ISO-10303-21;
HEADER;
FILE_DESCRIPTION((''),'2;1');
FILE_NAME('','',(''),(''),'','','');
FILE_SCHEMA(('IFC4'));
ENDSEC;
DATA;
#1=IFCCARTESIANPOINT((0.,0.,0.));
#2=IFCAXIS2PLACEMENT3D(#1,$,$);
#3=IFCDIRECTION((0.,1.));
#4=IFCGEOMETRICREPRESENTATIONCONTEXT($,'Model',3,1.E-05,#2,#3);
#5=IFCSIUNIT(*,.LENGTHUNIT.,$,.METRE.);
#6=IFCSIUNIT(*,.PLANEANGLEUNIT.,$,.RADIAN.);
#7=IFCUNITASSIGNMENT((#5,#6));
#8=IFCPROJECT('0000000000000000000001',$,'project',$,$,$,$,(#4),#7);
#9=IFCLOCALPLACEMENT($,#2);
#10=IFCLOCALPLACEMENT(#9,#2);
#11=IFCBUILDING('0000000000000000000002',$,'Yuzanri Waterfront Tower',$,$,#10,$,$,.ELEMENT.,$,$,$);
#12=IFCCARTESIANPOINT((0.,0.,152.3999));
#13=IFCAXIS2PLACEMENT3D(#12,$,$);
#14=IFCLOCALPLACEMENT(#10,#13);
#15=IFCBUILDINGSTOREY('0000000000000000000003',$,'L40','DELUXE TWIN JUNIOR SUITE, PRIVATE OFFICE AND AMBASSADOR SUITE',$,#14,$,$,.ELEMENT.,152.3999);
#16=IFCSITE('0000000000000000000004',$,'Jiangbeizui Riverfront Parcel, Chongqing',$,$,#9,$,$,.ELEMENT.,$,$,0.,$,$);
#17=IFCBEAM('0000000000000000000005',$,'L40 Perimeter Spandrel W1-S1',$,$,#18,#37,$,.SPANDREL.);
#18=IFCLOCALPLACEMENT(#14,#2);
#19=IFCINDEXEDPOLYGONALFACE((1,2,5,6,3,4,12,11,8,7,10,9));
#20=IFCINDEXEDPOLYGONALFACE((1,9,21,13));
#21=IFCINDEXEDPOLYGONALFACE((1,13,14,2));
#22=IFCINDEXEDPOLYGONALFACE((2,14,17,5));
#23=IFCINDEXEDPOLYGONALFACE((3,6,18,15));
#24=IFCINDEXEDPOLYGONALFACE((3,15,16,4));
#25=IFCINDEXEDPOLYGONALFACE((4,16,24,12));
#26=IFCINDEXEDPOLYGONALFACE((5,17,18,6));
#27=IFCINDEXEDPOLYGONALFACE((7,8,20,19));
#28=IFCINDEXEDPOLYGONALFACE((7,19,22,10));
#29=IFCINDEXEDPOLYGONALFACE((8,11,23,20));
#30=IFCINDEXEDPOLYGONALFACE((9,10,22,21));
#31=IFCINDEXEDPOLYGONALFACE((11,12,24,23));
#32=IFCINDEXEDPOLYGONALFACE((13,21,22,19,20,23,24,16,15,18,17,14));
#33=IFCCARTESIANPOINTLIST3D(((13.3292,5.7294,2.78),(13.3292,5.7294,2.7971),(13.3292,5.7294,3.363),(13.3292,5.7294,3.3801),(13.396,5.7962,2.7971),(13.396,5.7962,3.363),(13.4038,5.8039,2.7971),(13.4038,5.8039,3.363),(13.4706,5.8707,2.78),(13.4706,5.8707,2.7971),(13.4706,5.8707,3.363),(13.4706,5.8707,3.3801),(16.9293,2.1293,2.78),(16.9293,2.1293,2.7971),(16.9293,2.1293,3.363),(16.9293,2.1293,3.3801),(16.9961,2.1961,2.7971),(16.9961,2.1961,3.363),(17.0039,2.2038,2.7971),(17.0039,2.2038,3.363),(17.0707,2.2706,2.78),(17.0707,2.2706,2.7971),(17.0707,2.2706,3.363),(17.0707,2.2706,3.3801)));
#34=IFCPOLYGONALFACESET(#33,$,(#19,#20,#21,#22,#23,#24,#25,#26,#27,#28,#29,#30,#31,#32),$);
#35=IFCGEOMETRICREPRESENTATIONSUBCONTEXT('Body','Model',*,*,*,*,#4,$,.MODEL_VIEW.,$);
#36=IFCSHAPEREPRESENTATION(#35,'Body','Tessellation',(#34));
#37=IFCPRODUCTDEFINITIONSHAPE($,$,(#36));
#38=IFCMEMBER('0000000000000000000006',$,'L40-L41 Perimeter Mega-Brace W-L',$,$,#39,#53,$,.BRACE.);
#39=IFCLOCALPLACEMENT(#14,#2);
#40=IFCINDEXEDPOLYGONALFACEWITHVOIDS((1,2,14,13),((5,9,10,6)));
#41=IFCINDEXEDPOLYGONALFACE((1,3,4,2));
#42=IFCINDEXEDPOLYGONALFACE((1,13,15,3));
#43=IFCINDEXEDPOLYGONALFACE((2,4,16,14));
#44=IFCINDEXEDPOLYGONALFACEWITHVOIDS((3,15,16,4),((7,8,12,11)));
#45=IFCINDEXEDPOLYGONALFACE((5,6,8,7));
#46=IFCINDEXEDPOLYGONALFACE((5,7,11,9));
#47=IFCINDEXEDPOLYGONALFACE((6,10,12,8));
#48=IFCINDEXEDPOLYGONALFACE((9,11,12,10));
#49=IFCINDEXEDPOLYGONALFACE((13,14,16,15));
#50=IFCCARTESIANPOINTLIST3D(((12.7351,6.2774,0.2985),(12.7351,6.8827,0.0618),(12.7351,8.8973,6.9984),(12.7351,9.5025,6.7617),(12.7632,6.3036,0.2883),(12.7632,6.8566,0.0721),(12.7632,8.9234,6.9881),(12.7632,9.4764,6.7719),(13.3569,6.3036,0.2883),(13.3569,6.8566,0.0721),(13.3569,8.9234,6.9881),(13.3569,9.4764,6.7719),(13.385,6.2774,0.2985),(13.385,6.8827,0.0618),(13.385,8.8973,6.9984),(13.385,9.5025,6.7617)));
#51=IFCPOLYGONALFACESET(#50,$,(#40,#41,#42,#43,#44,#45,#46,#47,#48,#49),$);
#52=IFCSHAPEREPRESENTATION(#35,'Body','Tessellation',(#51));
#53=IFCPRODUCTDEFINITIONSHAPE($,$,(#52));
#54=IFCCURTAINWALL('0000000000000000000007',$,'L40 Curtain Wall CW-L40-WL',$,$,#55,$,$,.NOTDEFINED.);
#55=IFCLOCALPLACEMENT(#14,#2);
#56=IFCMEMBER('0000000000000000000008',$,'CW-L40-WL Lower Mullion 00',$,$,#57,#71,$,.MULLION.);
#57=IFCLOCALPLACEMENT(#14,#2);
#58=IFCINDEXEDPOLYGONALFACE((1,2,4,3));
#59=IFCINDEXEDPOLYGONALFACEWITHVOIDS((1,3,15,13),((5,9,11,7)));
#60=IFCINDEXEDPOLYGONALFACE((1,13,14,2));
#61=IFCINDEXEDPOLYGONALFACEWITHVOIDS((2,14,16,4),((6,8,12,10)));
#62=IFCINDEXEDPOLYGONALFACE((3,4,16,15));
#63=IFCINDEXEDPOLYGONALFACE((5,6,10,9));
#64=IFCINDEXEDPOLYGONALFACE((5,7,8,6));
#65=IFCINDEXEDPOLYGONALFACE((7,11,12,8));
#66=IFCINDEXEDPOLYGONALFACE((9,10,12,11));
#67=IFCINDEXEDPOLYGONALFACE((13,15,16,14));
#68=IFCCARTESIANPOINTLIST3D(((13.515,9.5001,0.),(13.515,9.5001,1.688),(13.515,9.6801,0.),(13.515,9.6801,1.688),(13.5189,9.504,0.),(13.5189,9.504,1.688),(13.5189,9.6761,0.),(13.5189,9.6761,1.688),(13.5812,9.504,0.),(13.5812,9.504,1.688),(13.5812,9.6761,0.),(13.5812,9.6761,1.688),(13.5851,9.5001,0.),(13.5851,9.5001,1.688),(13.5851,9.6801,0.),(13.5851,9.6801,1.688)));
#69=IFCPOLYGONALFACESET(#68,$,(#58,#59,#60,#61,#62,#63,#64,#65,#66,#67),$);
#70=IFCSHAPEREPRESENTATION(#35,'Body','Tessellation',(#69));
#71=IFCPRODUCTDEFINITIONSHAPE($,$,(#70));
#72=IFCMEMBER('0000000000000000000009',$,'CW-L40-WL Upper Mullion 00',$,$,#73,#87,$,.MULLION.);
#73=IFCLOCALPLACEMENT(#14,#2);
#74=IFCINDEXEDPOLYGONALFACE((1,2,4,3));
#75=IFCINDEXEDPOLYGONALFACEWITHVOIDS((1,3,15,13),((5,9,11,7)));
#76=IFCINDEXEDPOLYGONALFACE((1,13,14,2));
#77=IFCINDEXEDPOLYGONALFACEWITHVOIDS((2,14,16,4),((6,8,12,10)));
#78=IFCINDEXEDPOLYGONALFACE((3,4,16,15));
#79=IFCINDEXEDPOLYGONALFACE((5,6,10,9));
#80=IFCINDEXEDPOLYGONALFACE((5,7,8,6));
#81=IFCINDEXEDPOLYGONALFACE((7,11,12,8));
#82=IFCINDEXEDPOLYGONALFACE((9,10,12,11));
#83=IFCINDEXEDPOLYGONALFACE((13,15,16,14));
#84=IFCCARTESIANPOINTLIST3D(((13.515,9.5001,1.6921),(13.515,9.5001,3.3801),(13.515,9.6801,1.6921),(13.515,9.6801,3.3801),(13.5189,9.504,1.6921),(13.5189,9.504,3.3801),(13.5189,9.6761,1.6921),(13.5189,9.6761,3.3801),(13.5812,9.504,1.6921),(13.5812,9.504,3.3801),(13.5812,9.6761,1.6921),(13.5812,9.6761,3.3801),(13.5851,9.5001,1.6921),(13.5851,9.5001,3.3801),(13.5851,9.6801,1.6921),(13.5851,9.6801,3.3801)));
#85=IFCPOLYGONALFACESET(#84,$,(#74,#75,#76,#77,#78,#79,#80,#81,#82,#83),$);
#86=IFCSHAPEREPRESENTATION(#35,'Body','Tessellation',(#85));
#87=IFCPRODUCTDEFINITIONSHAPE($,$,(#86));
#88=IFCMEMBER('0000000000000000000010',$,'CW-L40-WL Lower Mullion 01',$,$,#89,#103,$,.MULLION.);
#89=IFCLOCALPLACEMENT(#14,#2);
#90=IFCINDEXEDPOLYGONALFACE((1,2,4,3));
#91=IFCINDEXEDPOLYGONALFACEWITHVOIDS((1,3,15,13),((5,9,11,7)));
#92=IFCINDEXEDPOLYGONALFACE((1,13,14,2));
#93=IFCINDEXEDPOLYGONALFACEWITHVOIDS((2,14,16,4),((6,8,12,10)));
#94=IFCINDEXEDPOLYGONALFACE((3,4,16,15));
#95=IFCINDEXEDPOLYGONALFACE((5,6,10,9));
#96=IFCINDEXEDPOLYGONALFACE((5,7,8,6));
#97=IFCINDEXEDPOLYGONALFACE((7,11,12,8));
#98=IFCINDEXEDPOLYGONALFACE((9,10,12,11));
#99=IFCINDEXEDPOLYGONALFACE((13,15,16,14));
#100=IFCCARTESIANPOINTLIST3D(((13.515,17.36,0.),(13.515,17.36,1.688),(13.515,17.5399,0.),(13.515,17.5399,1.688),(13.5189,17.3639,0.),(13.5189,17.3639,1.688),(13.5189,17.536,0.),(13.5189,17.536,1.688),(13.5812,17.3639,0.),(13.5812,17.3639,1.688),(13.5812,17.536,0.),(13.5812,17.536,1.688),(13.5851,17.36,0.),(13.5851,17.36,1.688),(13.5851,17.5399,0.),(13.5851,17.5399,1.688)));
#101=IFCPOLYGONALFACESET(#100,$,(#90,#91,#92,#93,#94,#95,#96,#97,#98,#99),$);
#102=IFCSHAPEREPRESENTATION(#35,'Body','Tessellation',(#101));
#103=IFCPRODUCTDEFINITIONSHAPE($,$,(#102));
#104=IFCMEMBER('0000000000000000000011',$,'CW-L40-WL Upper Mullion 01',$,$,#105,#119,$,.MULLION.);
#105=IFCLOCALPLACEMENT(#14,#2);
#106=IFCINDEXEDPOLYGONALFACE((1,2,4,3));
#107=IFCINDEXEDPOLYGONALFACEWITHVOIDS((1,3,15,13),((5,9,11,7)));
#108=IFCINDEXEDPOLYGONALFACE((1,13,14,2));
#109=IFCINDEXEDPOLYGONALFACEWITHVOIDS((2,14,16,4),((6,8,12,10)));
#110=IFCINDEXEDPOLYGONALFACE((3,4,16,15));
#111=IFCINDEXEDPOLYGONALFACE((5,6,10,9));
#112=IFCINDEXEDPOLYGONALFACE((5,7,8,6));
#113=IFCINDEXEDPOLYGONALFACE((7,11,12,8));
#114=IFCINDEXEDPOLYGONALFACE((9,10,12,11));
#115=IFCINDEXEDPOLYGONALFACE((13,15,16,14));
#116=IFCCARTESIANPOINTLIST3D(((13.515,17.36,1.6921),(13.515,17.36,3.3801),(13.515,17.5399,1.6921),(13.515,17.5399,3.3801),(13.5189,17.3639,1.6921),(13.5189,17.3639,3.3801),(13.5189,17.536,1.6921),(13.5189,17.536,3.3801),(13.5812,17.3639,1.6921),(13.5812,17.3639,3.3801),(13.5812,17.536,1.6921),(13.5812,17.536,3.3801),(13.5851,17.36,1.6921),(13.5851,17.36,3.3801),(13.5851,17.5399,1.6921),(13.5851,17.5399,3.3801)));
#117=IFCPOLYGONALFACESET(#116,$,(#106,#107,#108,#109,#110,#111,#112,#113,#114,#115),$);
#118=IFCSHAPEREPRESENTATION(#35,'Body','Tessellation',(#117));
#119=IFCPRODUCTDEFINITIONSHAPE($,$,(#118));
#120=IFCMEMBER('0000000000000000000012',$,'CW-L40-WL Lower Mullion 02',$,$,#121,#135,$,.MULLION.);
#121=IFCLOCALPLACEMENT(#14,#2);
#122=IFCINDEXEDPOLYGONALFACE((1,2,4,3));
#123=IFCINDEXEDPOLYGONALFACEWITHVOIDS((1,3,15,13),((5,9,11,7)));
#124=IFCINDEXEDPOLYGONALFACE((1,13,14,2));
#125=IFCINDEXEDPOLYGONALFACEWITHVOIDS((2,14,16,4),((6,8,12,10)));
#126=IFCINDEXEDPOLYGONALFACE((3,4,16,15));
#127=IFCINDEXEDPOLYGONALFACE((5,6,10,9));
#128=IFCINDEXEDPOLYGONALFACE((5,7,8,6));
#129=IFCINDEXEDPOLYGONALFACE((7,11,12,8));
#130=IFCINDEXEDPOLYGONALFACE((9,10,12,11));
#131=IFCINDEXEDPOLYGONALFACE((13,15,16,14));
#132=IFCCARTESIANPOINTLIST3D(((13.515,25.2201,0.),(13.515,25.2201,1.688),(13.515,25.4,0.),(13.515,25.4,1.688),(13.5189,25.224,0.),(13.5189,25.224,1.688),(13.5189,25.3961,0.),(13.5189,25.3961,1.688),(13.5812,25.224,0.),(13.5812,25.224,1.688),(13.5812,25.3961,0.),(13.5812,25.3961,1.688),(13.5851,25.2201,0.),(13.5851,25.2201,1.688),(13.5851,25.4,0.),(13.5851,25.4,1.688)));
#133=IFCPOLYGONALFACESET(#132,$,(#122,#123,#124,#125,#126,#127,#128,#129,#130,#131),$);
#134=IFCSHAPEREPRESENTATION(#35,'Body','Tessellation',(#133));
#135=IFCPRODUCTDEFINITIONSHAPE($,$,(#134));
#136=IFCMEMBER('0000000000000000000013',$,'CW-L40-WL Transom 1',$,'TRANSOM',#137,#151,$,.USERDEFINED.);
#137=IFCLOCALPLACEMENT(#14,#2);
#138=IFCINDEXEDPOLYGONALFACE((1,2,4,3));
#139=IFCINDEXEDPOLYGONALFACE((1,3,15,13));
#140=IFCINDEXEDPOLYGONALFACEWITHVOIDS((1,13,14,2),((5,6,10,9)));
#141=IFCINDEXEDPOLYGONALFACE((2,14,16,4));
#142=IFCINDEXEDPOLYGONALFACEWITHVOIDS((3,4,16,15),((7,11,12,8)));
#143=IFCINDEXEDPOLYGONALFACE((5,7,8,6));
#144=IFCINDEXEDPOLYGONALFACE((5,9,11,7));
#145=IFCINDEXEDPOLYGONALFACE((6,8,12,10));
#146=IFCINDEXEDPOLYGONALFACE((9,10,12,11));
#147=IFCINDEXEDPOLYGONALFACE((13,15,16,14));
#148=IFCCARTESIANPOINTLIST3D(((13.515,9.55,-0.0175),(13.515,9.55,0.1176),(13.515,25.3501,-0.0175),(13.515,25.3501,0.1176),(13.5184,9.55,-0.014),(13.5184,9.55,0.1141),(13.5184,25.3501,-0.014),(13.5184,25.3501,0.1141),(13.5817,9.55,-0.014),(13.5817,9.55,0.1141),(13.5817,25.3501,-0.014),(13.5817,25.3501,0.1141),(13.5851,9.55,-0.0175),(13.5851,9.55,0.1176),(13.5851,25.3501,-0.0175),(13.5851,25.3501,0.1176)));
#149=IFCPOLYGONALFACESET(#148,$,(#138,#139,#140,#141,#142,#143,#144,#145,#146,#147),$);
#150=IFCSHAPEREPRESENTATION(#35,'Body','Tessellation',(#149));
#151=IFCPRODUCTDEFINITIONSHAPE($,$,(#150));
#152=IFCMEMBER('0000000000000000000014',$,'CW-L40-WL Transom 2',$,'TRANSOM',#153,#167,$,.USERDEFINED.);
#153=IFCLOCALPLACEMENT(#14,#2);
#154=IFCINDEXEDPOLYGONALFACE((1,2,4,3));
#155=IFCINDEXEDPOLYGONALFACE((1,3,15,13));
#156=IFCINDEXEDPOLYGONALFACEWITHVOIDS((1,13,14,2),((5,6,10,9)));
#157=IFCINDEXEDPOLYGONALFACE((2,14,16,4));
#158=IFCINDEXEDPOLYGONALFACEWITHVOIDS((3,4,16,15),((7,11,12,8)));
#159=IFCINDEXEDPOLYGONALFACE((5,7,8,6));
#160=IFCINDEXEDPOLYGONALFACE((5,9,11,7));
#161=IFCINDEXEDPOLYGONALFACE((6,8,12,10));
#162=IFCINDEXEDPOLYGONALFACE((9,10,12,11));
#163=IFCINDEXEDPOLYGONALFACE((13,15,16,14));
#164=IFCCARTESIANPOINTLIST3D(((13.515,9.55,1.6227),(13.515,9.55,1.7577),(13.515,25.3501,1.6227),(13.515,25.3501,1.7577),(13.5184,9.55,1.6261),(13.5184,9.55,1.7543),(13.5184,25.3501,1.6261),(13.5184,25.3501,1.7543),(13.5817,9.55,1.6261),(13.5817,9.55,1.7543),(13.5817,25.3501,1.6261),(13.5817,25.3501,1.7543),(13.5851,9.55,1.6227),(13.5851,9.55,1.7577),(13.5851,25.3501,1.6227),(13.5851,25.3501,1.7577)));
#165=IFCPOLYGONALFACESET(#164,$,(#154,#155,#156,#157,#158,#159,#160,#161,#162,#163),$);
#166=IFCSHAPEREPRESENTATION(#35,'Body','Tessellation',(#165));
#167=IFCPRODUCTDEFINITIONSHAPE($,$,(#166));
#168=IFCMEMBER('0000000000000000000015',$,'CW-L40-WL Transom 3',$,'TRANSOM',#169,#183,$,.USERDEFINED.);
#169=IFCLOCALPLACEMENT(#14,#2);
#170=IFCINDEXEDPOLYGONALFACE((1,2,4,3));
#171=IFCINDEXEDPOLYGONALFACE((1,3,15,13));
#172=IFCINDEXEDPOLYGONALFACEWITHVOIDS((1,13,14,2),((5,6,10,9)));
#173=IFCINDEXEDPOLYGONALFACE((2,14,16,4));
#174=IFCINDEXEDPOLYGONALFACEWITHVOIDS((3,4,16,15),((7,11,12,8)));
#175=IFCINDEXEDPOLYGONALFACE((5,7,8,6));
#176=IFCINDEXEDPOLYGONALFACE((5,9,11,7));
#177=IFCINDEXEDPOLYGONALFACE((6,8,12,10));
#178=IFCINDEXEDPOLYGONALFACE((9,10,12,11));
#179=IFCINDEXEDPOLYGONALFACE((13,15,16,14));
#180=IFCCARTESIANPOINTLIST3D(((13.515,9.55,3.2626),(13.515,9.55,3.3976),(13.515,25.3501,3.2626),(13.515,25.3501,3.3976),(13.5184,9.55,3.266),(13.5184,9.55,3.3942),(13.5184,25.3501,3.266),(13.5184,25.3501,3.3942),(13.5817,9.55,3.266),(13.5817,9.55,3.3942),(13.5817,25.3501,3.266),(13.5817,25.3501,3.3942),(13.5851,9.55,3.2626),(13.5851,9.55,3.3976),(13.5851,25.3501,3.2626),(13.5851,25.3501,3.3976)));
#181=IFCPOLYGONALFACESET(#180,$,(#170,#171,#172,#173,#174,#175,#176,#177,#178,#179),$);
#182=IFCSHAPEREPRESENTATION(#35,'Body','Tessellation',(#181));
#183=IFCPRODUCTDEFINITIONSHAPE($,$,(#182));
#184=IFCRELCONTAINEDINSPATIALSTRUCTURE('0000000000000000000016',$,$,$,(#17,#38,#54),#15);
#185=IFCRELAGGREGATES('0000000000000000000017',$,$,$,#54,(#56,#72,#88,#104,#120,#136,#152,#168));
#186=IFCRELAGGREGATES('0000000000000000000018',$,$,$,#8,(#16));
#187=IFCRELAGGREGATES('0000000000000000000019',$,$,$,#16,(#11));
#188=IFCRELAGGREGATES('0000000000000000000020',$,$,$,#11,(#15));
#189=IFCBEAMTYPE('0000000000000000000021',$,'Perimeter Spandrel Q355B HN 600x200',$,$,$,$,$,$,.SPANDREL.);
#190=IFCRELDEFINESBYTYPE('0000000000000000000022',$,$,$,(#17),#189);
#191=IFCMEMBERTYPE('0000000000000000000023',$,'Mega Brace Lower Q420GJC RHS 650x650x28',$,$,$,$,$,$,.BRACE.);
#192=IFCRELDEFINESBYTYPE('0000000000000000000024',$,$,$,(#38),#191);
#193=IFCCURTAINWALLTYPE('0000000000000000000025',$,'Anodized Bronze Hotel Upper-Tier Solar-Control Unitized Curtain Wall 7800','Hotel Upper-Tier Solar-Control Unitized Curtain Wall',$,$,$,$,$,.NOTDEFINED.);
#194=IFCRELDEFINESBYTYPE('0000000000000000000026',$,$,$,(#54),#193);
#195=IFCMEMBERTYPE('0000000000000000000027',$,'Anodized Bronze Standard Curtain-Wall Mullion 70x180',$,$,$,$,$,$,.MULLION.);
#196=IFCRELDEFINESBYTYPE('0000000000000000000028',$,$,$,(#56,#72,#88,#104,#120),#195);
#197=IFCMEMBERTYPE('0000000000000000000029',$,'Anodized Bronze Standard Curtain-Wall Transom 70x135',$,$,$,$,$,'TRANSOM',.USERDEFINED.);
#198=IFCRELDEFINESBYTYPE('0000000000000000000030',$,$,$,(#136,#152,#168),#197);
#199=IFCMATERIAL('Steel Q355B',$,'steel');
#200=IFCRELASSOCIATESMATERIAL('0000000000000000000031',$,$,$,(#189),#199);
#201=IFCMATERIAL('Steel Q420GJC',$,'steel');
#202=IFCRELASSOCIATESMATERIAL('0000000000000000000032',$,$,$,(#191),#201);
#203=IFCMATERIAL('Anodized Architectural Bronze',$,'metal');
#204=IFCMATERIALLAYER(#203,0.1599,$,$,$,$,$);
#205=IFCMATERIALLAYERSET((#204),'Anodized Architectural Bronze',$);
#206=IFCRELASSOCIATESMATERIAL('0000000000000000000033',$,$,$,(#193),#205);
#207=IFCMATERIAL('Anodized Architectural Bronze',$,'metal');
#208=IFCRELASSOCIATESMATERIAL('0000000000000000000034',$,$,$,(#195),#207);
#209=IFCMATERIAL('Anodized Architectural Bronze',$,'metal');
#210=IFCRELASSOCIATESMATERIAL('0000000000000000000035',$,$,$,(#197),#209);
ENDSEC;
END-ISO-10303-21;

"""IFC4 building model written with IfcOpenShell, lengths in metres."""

from ifc_helpers import new_model, si_unit, direction, frame, origin, origin_2d, place, context, subcontext, project, spatial, hollow_rectangle, i_section, extrude, source, transform, mapped, material, layer, layer_set, material_profile, profile_set, type_object, element, aggregate, save


model = new_model("IFC4")

# Units and contexts
model_context = context("Model", 3, precision=1e-05, world=origin(), true_north=direction((0.0, 1.0)))
body_context = subcontext(model_context, "Body", "Model", "MODEL_VIEW")
ifc_project = project(units=[si_unit("LENGTHUNIT", "METRE"), si_unit("PLANEANGLEUNIT", "RADIAN")], contexts=[model_context])

# Site, building, storey
site_placement = place(None, origin())
site = spatial("IfcSite", under=ifc_project, at=site_placement, Name="Jiangbeizui Riverfront Parcel, Chongqing", CompositionType="ELEMENT", RefElevation=0.0)
building_placement = place(site_placement, origin())
building = spatial("IfcBuilding", under=site, at=building_placement, Name="Yuzanri Waterfront Tower", CompositionType="ELEMENT")
storey_placement = place(building_placement, frame((0.0, 0.0, 152.3999)))
storey = spatial("IfcBuildingStorey", under=building, at=storey_placement, Name="L40", Description="DELUXE TWIN JUNIOR SUITE, PRIVATE OFFICE AND AMBASSADOR SUITE", CompositionType="ELEMENT", Elevation=152.3999)

# Beam
ifc_material_1 = material(Name="Steel Q355B", Category="steel")
ifc_material_profile_1 = material_profile(ifc_material_1, i_section(OverallWidth=0.2, OverallDepth=0.6001, WebThickness=0.011, FlangeThickness=0.0171, at=origin_2d()), Name="HN 600x200x11x17")
ifc_profile_set_1 = profile_set([ifc_material_profile_1], Name="Steel Q355B")
beam_type = type_object("IfcBeamType", Name="Perimeter Spandrel Q355B HN 600x200", PredefinedType="SPANDREL", material=ifc_profile_set_1)
shared_shape_1 = source(origin(), body_context, "Body", "SweptSolid", [
    extrude(i_section(OverallWidth=0.2, OverallDepth=0.6001, WebThickness=0.011, FlangeThickness=0.0171, at=origin_2d()), origin(), (0.0, 0.0, 1.0), 5.0913),
])
beam_placement = place(storey_placement, frame((13.3999, 5.8, 3.0801), z_axis=(0.707107, -0.707107, 0.0), x_axis=(0.707107, 0.707107, 0.0)))
element("IfcBeam", 1, at=beam_placement, inside=storey, type_object=beam_type, Name="L40 Perimeter Spandrel W1-S1", PredefinedType="SPANDREL", context=body_context, shape_type="MappedRepresentation", body=[
    mapped(shared_shape_1, transform((0.0, 0.0, 0.0), scale=1.0)),
])

# Member
ifc_material_2 = material(Name="Steel Q420GJC", Category="steel")
ifc_material_profile_2 = material_profile(ifc_material_2, hollow_rectangle(XDim=0.6499, YDim=0.6499, WallThickness=0.0281, at=origin_2d()), Name="RHS 650x650x28")
ifc_profile_set_2 = profile_set([ifc_material_profile_2], Name="Steel Q420GJC")
member_type_1 = type_object("IfcMemberType", Name="Mega Brace Lower Q420GJC RHS 650x650x28", PredefinedType="BRACE", material=ifc_profile_set_2)
shared_shape_2 = source(origin(), body_context, "Body", "SweptSolid", [
    extrude(hollow_rectangle(XDim=0.6499, YDim=0.6499, WallThickness=0.0281, at=origin_2d()), origin(), (0.0, 0.0, 1.0), 7.1938),
])
member_1_placement = place(storey_placement, frame((13.0601, 6.5801, 0.1802), z_axis=(0.0, 0.364177, 0.93133), x_axis=(-1.0, 0.0, 0.0)))
element("IfcMember", 2, at=member_1_placement, inside=storey, type_object=member_type_1, Name="L40-L41 Perimeter Mega-Brace W-L", PredefinedType="BRACE", context=body_context, shape_type="MappedRepresentation", body=[
    mapped(shared_shape_2, transform((0.0, 0.0, 0.0), scale=1.0)),
])

# Curtain wall, members
ifc_material_3 = material(Name="Anodized Architectural Bronze", Category="metal")
ifc_layer_1 = layer(ifc_material_3, 0.1599)
ifc_layer_set_1 = layer_set([ifc_layer_1], Name="Anodized Architectural Bronze")
curtain_wall_type = type_object("IfcCurtainWallType", Name="Anodized Bronze Hotel Upper-Tier Solar-Control Unitized Curtain Wall 7800", Description="Hotel Upper-Tier Solar-Control Unitized Curtain Wall", PredefinedType="NOTDEFINED", material=ifc_layer_set_1)
curtain_wall_placement = place(storey_placement, origin())
curtain_wall = element("IfcCurtainWall", 3, at=curtain_wall_placement, inside=storey, type_object=curtain_wall_type, Name="L40 Curtain Wall CW-L40-WL", PredefinedType="NOTDEFINED")
ifc_material_4 = material(Name="Anodized Architectural Bronze", Category="metal")
ifc_material_profile_3 = material_profile(ifc_material_4, hollow_rectangle(XDim=0.0701, YDim=0.1799, WallThickness=0.0039, at=origin_2d()), Name="CWM 70x180")
ifc_profile_set_3 = profile_set([ifc_material_profile_3], Name="Anodized Architectural Bronze")
member_type_2 = type_object("IfcMemberType", Name="Anodized Bronze Standard Curtain-Wall Mullion 70x180", PredefinedType="MULLION", material=ifc_profile_set_3)
shared_shape_3 = source(origin(), body_context, "Body", "SweptSolid", [
    extrude(hollow_rectangle(XDim=0.0701, YDim=0.1799, WallThickness=0.0039, at=origin_2d()), origin(), (0.0, 0.0, 1.0), 1.688),
])
member_2_placement = place(storey_placement, frame((13.55, 9.5901, 0.0), z_axis=(0.0, 0.0, 1.0), x_axis=(1.0, 0.0, 0.0)))
member_2 = element("IfcMember", 4, at=member_2_placement, type_object=member_type_2, Name="CW-L40-WL Lower Mullion 00", PredefinedType="MULLION", context=body_context, shape_type="MappedRepresentation", body=[
    mapped(shared_shape_3, transform((0.0, 0.0, 0.0), scale=1.0)),
])
member_3_placement = place(storey_placement, frame((13.55, 9.5901, 1.6921), z_axis=(0.0, 0.0, 1.0), x_axis=(1.0, 0.0, 0.0)))
member_3 = element("IfcMember", 5, at=member_3_placement, type_object=member_type_2, Name="CW-L40-WL Upper Mullion 00", PredefinedType="MULLION", context=body_context, shape_type="MappedRepresentation", body=[
    mapped(shared_shape_3, transform((0.0, 0.0, 0.0), scale=1.0)),
])
member_4_placement = place(storey_placement, frame((13.55, 17.45, 0.0), z_axis=(0.0, 0.0, 1.0), x_axis=(1.0, 0.0, 0.0)))
member_4 = element("IfcMember", 6, at=member_4_placement, type_object=member_type_2, Name="CW-L40-WL Lower Mullion 01", PredefinedType="MULLION", context=body_context, shape_type="MappedRepresentation", body=[
    mapped(shared_shape_3, transform((0.0, 0.0, 0.0), scale=1.0)),
])
member_5_placement = place(storey_placement, frame((13.55, 17.45, 1.6921), z_axis=(0.0, 0.0, 1.0), x_axis=(1.0, 0.0, 0.0)))
member_5 = element("IfcMember", 7, at=member_5_placement, type_object=member_type_2, Name="CW-L40-WL Upper Mullion 01", PredefinedType="MULLION", context=body_context, shape_type="MappedRepresentation", body=[
    mapped(shared_shape_3, transform((0.0, 0.0, 0.0), scale=1.0)),
])
member_6_placement = place(storey_placement, frame((13.55, 25.3101, 0.0), z_axis=(0.0, 0.0, 1.0), x_axis=(1.0, 0.0, 0.0)))
member_6 = element("IfcMember", 8, at=member_6_placement, type_object=member_type_2, Name="CW-L40-WL Lower Mullion 02", PredefinedType="MULLION", context=body_context, shape_type="MappedRepresentation", body=[
    mapped(shared_shape_3, transform((0.0, 0.0, 0.0), scale=1.0)),
])
ifc_material_5 = material(Name="Anodized Architectural Bronze", Category="metal")
ifc_material_profile_4 = material_profile(ifc_material_5, hollow_rectangle(XDim=0.0701, YDim=0.135, WallThickness=0.0034, at=origin_2d()), Name="CWT 70x135")
ifc_profile_set_4 = profile_set([ifc_material_profile_4], Name="Anodized Architectural Bronze")
member_type_3 = type_object("IfcMemberType", Name="Anodized Bronze Standard Curtain-Wall Transom 70x135", ElementType="TRANSOM", PredefinedType="USERDEFINED", material=ifc_profile_set_4)
shared_shape_4 = source(origin(), body_context, "Body", "SweptSolid", [
    extrude(hollow_rectangle(XDim=0.0701, YDim=0.135, WallThickness=0.0034, at=origin_2d()), origin(), (0.0, 0.0, 1.0), 15.8),
])
member_7_placement = place(storey_placement, frame((13.55, 9.55, 0.05), z_axis=(0.0, 1.0, 0.0), x_axis=(-1.0, 0.0, 0.0)))
member_7 = element("IfcMember", 9, at=member_7_placement, type_object=member_type_3, Name="CW-L40-WL Transom 1", ObjectType="TRANSOM", PredefinedType="USERDEFINED", context=body_context, shape_type="MappedRepresentation", body=[
    mapped(shared_shape_4, transform((0.0, 0.0, 0.0), scale=1.0)),
])
member_8_placement = place(storey_placement, frame((13.55, 9.55, 1.6902), z_axis=(0.0, 1.0, 0.0), x_axis=(-1.0, 0.0, 0.0)))
member_8 = element("IfcMember", 10, at=member_8_placement, type_object=member_type_3, Name="CW-L40-WL Transom 2", ObjectType="TRANSOM", PredefinedType="USERDEFINED", context=body_context, shape_type="MappedRepresentation", body=[
    mapped(shared_shape_4, transform((0.0, 0.0, 0.0), scale=1.0)),
])
member_9_placement = place(storey_placement, frame((13.55, 9.55, 3.3301), z_axis=(0.0, 1.0, 0.0), x_axis=(-1.0, 0.0, 0.0)))
member_9 = element("IfcMember", 11, at=member_9_placement, type_object=member_type_3, Name="CW-L40-WL Transom 3", ObjectType="TRANSOM", PredefinedType="USERDEFINED", context=body_context, shape_type="MappedRepresentation", body=[
    mapped(shared_shape_4, transform((0.0, 0.0, 0.0), scale=1.0)),
])

aggregate(curtain_wall, [member_2, member_3, member_4, member_5, member_6, member_7, member_8, member_9])

save(model, "model.ifc")
